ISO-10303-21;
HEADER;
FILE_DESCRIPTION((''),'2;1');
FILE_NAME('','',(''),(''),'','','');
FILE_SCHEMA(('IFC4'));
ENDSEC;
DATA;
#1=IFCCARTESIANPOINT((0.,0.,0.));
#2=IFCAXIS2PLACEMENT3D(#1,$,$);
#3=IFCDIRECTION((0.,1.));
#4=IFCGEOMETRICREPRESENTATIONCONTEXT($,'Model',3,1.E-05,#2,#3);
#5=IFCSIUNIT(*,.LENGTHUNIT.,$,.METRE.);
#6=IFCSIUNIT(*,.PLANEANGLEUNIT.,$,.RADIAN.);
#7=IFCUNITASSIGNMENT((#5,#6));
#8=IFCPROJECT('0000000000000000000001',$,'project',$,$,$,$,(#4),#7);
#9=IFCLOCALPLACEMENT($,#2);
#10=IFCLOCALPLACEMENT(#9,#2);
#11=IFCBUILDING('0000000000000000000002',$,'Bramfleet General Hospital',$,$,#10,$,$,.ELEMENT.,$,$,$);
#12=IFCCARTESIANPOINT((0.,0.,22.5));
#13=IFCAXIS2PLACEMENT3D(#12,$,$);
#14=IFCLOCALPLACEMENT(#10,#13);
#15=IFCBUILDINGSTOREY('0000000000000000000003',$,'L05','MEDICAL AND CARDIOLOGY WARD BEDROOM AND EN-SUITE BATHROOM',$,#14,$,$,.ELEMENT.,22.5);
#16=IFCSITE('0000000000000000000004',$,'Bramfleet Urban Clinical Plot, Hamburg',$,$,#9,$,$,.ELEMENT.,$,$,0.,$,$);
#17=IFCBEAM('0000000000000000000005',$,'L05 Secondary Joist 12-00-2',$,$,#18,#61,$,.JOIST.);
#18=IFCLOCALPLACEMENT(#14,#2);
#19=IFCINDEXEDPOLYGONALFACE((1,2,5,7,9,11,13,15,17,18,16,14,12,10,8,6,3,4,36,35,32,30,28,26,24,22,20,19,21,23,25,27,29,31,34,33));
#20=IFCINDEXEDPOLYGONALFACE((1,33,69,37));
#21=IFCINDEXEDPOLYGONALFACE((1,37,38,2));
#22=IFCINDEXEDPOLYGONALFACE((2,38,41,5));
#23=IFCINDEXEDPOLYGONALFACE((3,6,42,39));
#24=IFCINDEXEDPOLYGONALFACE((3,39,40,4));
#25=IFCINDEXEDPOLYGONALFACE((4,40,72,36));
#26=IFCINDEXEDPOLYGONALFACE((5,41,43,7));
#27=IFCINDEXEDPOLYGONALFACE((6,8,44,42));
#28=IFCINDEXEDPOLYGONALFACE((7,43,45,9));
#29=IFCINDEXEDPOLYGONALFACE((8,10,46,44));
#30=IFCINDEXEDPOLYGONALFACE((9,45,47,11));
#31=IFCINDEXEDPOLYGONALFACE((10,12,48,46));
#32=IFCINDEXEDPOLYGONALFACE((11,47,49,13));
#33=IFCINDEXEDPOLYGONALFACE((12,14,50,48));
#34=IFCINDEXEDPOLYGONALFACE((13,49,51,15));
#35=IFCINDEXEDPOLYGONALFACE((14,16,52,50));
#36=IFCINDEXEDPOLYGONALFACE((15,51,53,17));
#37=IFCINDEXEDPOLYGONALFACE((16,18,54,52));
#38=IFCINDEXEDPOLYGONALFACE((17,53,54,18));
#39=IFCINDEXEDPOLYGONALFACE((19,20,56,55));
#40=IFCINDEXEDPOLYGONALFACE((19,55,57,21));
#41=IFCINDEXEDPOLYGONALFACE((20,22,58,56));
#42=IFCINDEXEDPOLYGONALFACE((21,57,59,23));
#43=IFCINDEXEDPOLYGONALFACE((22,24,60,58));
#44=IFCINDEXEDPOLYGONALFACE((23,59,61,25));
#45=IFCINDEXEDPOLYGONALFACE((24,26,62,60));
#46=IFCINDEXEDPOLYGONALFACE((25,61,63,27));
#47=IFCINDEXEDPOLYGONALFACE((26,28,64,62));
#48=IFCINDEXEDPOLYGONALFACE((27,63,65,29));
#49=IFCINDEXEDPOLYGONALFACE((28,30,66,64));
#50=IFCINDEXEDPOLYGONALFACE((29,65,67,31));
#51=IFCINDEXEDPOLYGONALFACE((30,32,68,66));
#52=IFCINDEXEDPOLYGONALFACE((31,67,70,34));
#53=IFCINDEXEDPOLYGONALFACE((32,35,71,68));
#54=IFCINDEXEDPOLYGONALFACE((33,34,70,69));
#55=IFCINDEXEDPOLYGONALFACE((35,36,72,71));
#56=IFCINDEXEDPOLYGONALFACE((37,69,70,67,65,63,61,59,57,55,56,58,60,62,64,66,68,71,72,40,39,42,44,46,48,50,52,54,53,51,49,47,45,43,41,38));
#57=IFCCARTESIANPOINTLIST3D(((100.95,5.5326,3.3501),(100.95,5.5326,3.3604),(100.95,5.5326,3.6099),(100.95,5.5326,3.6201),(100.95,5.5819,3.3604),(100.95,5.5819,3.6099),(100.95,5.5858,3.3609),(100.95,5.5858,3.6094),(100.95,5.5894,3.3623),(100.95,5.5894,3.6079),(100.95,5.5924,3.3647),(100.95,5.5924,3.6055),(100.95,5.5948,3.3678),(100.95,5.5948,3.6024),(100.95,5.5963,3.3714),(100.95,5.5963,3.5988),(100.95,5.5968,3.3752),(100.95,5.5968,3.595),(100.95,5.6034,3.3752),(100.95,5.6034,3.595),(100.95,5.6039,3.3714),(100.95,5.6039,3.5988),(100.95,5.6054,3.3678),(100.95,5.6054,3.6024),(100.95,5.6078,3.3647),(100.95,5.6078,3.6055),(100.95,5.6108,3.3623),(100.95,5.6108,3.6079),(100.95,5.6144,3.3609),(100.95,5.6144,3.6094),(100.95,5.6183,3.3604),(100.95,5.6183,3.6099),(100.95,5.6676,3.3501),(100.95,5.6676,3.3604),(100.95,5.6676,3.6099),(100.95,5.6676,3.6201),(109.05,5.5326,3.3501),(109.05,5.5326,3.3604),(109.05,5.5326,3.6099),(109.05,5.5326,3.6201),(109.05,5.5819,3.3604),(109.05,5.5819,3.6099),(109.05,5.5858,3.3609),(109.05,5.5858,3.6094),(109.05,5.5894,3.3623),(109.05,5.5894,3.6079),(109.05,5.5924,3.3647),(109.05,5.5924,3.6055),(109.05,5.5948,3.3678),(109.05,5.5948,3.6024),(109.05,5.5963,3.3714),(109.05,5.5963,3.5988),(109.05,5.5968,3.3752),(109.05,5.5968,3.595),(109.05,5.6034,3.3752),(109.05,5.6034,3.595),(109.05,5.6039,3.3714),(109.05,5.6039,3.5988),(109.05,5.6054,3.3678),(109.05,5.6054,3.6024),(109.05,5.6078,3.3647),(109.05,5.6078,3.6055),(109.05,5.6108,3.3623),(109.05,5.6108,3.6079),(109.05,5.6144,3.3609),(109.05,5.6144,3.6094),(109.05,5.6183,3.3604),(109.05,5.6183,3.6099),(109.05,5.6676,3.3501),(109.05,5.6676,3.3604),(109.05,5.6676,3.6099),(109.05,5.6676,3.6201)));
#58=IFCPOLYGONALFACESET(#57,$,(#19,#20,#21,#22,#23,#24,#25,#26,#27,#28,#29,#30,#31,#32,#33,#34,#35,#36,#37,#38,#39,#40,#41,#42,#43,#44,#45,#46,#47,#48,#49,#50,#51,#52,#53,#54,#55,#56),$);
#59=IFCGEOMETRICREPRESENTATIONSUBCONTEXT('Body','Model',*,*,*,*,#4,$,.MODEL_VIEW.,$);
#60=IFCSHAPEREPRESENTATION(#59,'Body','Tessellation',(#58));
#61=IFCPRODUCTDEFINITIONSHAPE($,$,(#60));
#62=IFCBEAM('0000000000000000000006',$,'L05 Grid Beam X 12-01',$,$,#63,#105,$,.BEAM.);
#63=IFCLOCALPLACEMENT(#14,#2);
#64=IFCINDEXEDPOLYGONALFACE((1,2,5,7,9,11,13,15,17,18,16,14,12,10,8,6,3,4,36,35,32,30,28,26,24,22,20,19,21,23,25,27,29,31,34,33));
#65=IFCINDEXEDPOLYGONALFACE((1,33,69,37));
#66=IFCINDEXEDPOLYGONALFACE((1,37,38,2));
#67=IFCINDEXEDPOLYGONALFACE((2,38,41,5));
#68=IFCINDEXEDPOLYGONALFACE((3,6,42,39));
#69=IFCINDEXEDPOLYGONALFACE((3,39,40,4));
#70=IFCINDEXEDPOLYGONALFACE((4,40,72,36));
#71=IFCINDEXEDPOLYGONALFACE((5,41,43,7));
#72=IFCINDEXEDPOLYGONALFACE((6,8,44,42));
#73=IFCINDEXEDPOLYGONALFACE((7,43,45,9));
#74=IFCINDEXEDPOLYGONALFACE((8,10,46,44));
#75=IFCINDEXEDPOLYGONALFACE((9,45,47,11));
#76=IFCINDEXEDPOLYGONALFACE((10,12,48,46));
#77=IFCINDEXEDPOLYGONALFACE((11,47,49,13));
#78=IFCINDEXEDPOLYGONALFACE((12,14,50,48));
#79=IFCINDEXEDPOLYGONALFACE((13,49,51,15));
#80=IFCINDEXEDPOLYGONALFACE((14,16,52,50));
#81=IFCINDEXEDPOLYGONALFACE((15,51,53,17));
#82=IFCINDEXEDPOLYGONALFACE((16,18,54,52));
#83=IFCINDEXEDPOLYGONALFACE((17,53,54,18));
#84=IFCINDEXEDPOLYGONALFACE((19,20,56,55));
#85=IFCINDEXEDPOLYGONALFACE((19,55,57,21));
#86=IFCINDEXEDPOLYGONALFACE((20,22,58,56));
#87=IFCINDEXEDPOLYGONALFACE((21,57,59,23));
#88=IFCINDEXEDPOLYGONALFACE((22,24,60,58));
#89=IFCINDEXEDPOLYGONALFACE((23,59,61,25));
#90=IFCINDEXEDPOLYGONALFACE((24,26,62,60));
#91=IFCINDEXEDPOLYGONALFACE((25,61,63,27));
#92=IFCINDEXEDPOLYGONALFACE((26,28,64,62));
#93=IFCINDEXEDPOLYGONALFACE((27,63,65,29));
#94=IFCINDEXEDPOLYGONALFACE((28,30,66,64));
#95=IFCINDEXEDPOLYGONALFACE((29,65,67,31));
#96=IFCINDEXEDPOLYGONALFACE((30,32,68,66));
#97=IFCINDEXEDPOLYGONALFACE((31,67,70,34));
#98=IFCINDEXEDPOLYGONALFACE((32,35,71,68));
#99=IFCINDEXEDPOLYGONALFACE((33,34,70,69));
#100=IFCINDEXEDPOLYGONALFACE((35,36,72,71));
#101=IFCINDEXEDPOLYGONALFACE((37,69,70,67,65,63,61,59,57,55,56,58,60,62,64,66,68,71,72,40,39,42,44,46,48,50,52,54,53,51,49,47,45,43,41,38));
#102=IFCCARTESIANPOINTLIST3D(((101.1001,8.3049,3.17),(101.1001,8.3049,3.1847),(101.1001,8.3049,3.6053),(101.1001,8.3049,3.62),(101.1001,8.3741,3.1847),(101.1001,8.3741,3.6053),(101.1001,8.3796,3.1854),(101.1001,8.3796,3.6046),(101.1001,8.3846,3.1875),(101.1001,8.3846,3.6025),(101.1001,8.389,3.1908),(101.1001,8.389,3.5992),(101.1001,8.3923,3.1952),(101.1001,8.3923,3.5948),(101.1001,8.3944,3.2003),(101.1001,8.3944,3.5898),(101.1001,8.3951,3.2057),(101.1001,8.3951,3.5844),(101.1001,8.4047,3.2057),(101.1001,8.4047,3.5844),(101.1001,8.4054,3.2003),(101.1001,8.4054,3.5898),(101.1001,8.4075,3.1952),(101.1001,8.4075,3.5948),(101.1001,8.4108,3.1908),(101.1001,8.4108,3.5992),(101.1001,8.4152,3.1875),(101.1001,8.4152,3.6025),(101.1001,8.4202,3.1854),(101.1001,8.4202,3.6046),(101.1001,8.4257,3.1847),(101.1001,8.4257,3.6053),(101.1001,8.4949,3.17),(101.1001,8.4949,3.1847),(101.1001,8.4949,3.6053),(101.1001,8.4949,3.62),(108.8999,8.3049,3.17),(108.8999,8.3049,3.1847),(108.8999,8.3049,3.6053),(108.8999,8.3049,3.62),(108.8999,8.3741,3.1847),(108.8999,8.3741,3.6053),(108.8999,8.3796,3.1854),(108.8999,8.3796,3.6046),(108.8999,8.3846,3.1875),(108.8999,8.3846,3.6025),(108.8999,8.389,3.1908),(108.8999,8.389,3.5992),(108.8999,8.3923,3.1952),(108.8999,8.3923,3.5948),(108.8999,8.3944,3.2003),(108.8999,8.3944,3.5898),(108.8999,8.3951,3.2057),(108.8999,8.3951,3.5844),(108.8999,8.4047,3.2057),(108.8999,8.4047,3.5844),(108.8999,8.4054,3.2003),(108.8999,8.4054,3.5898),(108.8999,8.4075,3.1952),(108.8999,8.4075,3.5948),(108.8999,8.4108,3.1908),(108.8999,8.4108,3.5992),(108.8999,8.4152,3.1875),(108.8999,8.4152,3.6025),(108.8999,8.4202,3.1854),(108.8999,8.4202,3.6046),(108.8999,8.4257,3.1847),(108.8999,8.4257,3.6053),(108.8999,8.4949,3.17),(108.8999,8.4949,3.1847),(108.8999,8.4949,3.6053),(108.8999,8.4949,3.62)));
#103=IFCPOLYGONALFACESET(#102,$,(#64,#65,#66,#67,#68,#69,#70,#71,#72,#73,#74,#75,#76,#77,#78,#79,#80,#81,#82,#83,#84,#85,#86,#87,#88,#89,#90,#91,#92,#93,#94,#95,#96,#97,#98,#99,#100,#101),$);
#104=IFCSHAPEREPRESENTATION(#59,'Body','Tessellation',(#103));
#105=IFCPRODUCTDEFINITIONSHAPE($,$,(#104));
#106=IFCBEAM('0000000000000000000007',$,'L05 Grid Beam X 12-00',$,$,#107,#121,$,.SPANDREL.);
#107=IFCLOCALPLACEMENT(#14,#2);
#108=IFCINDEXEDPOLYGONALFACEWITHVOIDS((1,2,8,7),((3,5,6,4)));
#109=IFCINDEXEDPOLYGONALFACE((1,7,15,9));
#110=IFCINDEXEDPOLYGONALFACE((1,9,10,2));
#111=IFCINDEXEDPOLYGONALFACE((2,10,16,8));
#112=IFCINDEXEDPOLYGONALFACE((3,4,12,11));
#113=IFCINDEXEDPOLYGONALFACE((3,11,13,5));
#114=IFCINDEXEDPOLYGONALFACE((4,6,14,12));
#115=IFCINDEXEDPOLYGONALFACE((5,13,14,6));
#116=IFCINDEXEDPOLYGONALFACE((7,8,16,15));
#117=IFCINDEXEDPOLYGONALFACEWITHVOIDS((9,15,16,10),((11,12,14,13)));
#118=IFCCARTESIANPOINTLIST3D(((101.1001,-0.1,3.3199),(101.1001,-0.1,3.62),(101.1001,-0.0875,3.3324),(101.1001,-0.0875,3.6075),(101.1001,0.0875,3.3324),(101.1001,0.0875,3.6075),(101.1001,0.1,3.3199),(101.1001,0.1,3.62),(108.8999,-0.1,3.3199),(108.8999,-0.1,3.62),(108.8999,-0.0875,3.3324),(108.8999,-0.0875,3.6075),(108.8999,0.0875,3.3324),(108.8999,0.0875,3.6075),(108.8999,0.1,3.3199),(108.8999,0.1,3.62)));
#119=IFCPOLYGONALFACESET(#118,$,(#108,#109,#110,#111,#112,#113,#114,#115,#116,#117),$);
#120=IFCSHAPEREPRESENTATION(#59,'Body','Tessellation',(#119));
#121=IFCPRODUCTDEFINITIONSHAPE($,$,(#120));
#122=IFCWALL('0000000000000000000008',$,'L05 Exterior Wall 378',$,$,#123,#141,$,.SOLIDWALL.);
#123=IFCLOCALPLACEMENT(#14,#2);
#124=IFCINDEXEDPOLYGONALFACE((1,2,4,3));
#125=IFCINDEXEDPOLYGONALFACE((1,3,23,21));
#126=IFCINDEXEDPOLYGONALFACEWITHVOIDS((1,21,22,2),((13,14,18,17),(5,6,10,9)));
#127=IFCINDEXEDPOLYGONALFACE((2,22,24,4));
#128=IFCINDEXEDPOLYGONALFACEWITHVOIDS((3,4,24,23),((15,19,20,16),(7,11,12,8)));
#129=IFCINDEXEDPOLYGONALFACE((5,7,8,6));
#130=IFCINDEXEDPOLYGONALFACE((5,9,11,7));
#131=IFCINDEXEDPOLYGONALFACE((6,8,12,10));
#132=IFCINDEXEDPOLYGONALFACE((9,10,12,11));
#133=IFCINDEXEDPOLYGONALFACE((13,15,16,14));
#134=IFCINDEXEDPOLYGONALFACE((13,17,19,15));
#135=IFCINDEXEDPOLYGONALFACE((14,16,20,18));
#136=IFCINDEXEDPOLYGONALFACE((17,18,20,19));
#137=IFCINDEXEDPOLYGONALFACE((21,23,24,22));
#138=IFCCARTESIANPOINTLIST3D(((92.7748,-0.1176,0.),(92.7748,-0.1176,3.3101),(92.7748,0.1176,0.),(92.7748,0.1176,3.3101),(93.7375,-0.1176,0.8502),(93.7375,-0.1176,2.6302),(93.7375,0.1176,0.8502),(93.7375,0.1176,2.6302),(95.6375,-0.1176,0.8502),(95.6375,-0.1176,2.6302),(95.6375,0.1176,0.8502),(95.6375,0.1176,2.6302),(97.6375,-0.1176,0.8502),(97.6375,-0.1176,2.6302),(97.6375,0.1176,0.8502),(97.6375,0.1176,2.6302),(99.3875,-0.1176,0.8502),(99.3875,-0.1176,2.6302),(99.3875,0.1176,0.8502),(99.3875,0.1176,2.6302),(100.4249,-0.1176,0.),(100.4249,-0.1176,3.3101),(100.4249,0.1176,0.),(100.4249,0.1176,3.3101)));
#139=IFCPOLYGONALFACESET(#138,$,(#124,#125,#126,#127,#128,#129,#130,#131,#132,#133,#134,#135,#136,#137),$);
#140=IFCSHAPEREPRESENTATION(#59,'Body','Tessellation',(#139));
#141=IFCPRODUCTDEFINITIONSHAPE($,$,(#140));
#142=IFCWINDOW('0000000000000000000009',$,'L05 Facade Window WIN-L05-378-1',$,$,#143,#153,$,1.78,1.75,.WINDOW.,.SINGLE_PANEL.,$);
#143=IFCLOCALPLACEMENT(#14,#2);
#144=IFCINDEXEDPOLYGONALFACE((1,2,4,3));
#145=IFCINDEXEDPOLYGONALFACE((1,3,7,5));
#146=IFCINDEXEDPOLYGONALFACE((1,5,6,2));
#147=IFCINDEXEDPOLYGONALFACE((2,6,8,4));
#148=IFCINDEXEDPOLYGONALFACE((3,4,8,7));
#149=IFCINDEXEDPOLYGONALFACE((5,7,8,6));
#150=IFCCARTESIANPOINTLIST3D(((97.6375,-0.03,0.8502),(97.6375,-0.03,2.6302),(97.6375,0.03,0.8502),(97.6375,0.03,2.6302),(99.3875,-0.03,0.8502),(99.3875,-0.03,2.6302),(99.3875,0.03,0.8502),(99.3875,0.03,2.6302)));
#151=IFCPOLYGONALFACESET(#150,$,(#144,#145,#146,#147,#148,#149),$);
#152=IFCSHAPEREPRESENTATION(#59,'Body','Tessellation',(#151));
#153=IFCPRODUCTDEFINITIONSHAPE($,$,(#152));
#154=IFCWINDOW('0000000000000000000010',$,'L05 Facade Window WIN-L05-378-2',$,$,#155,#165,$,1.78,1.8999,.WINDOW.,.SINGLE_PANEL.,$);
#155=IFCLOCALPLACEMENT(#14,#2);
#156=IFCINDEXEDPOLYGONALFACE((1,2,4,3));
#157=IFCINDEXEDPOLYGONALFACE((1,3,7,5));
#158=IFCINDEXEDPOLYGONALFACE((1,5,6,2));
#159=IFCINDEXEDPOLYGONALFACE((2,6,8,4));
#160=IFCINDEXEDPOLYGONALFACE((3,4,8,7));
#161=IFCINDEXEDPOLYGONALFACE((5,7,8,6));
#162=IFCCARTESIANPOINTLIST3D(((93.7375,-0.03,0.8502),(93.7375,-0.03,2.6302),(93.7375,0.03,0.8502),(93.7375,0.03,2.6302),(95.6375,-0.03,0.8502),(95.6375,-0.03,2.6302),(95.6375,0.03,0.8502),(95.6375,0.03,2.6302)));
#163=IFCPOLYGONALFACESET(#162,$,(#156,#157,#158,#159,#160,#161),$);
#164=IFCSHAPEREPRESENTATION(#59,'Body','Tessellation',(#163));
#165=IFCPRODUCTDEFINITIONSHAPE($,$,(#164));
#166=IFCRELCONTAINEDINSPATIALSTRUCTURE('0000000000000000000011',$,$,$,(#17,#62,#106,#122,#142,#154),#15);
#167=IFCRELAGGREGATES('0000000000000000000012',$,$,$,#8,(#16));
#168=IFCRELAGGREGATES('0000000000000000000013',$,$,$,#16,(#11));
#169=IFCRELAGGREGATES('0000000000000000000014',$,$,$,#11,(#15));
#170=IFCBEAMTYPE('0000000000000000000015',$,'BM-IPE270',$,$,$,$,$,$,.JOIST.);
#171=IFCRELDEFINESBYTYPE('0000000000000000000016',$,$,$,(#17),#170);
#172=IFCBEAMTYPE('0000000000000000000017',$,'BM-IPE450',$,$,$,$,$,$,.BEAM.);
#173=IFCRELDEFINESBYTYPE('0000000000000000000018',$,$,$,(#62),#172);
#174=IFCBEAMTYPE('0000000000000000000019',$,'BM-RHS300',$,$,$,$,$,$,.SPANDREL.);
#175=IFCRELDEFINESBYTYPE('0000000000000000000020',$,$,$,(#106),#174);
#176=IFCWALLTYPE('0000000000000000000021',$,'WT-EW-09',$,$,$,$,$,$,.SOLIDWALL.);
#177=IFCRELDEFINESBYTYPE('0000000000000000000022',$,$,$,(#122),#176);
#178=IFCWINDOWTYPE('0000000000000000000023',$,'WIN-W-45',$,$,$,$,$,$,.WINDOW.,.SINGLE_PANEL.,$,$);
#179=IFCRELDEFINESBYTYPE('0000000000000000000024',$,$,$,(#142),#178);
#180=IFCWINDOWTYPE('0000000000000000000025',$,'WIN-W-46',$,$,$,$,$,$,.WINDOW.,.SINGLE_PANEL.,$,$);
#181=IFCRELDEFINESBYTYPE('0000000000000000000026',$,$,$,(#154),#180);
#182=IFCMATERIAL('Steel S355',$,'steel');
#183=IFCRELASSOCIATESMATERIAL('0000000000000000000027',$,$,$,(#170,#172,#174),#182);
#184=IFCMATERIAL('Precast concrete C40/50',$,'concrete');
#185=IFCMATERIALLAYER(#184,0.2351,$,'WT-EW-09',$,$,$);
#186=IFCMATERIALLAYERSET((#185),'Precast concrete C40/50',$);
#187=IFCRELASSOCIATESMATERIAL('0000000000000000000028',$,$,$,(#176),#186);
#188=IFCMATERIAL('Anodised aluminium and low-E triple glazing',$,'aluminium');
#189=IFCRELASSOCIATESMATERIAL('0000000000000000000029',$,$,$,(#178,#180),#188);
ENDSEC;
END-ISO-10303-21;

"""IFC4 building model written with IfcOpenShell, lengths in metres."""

from ifc_helpers import new_model, si_unit, direction, frame, frame_2d, origin, origin_2d, place, context, subcontext, project, spatial, rectangle, hollow_rectangle, i_section, extrude, material, layer, layer_set, material_profile, profile_set, type_object, element, fill, save


model = new_model("IFC4")

# Units and contexts
model_context = context("Model", 3, precision=1e-05, world=origin(), true_north=direction((0.0, 1.0)))
body_context = subcontext(model_context, "Body", "Model", "MODEL_VIEW")
ifc_project = project(units=[si_unit("LENGTHUNIT", "METRE"), si_unit("PLANEANGLEUNIT", "RADIAN")], contexts=[model_context])

# Site, building, storey
site_placement = place(None, origin())
site = spatial("IfcSite", under=ifc_project, at=site_placement, Name="Bramfleet Urban Clinical Plot, Hamburg", CompositionType="ELEMENT", RefElevation=0.0)
building_placement = place(site_placement, origin())
building = spatial("IfcBuilding", under=site, at=building_placement, Name="Bramfleet General Hospital", CompositionType="ELEMENT")
storey_placement = place(building_placement, frame((0.0, 0.0, 22.5)))
storey = spatial("IfcBuildingStorey", under=building, at=storey_placement, Name="L05", Description="MEDICAL AND CARDIOLOGY WARD BEDROOM AND EN-SUITE BATHROOM", CompositionType="ELEMENT", Elevation=22.5)

# Beams
ifc_material_1 = material(Name="Steel S355", Category="steel")
ifc_material_profile_1 = material_profile(ifc_material_1, i_section(OverallWidth=0.135, OverallDepth=0.27, WebThickness=0.0066, FlangeThickness=0.0103, FilletRadius=0.0149, at=origin_2d()), Name="IPE 270")
ifc_profile_set_1 = profile_set([ifc_material_profile_1], Name="Steel S355")
beam_type_1 = type_object("IfcBeamType", Name="BM-IPE270", PredefinedType="JOIST", material=ifc_profile_set_1)
for number, where, z_axis, x_axis, name in (
    (1, (100.95, 5.6001, 3.4851), (1.0, 0.0, 0.0), (0.0, 1.0, 0.0), "L05 Secondary Joist 12-00-2"),
):
    element("IfcBeam", number, at=place(storey_placement, frame(where, z_axis=z_axis, x_axis=x_axis)), inside=storey, type_object=beam_type_1, Name=name, PredefinedType="JOIST", context=body_context, shape_type="SweptSolid", body=[
        extrude(i_section(OverallWidth=0.135, OverallDepth=0.27, WebThickness=0.0066, FlangeThickness=0.0103, FilletRadius=0.0149, at=origin_2d()), origin(), (0.0, 0.0, 1.0), 8.1001),
    ])
ifc_material_profile_2 = material_profile(ifc_material_1, i_section(OverallWidth=0.1899, OverallDepth=0.45, WebThickness=0.0095, FlangeThickness=0.0146, FilletRadius=0.021, at=origin_2d()), Name="IPE 450")
ifc_profile_set_2 = profile_set([ifc_material_profile_2], Name="Steel S355")
beam_type_2 = type_object("IfcBeamType", Name="BM-IPE450", PredefinedType="BEAM", material=ifc_profile_set_2)
beam_1_placement = place(storey_placement, frame((101.1001, 8.3999, 3.395), z_axis=(1.0, 0.0, 0.0), x_axis=(0.0, 1.0, 0.0)))
element("IfcBeam", 2, at=beam_1_placement, inside=storey, type_object=beam_type_2, Name="L05 Grid Beam X 12-01", PredefinedType="BEAM", context=body_context, shape_type="SweptSolid", body=[
    extrude(i_section(OverallWidth=0.1899, OverallDepth=0.45, WebThickness=0.0095, FlangeThickness=0.0146, FilletRadius=0.021, at=origin_2d()), origin(), (0.0, 0.0, 1.0), 7.7998),
])
ifc_material_profile_3 = material_profile(ifc_material_1, hollow_rectangle(XDim=0.2, YDim=0.3, WallThickness=0.0125, at=origin_2d()), Name="RHS 300x200x12.5")
ifc_profile_set_3 = profile_set([ifc_material_profile_3], Name="Steel S355")
beam_type_3 = type_object("IfcBeamType", Name="BM-RHS300", PredefinedType="SPANDREL", material=ifc_profile_set_3)
beam_2_placement = place(storey_placement, frame((101.1001, 0.0, 3.47), z_axis=(1.0, 0.0, 0.0), x_axis=(0.0, 1.0, 0.0)))
element("IfcBeam", 3, at=beam_2_placement, inside=storey, type_object=beam_type_3, Name="L05 Grid Beam X 12-00", PredefinedType="SPANDREL", context=body_context, shape_type="SweptSolid", body=[
    extrude(hollow_rectangle(XDim=0.2, YDim=0.3, WallThickness=0.0125, at=origin_2d()), origin(), (0.0, 0.0, 1.0), 7.7998),
])

# Wall, openings, windows
ifc_material_2 = material(Name="Precast concrete C40/50", Category="concrete")
ifc_layer_1 = layer(ifc_material_2, 0.2351, Name="WT-EW-09")
ifc_layer_set_1 = layer_set([ifc_layer_1], Name="Precast concrete C40/50")
wall_type_1 = type_object("IfcWallType", Name="WT-EW-09", PredefinedType="SOLIDWALL", material=ifc_layer_set_1)
wall_1_placement = place(storey_placement, frame((100.425, 0.0, 0.0), z_axis=(0.0, 0.0, 1.0), x_axis=(-1.0, 0.0, 0.0)))
wall_1 = element("IfcWall", 4, at=wall_1_placement, inside=storey, type_object=wall_type_1, Name="L05 Exterior Wall 378", PredefinedType="SOLIDWALL", context=body_context, shape_type="SweptSolid", body=[
    extrude(rectangle(XDim=7.6501, YDim=0.2351, at=frame_2d((3.8252, 0.0))), origin(), (0.0, 0.0, 1.0), 3.3101),
])
opening_1_placement = place(wall_1_placement, frame((1.0376, 0.0, 0.8501)))
opening_1 = element("IfcOpeningElement", 5, at=opening_1_placement, cuts=wall_1, PredefinedType="OPENING", context=body_context, shape_type="SweptSolid", body=[
    extrude(rectangle(XDim=1.75, YDim=1.78, at=frame_2d((0.875, 0.8901))), frame((0.0, 0.1274, 0.0), z_axis=(0.0, -1.0, 0.0), x_axis=(1.0, 0.0, 0.0)), (0.0, 0.0, 1.0), 0.2551),
])
opening_2_placement = place(wall_1_placement, frame((4.7876, 0.0, 0.8501)))
opening_2 = element("IfcOpeningElement", 6, at=opening_2_placement, cuts=wall_1, PredefinedType="OPENING", context=body_context, shape_type="SweptSolid", body=[
    extrude(rectangle(XDim=1.8999, YDim=1.78, at=frame_2d((0.95, 0.8901))), frame((0.0, 0.1274, 0.0), z_axis=(0.0, -1.0, 0.0), x_axis=(1.0, 0.0, 0.0)), (0.0, 0.0, 1.0), 0.2551),
])
ifc_material_3 = material(Name="Anodised aluminium and low-E triple glazing", Category="aluminium")
window_type_1 = type_object("IfcWindowType", Name="WIN-W-45", PartitioningType="SINGLE_PANEL", PredefinedType="WINDOW", material=ifc_material_3)
window_1_placement = place(opening_1_placement, origin())
window_1 = element("IfcWindow", 7, at=window_1_placement, inside=storey, type_object=window_type_1, Name="L05 Facade Window WIN-L05-378-1", OverallHeight=1.78, OverallWidth=1.75, PartitioningType="SINGLE_PANEL", PredefinedType="WINDOW", context=body_context, shape_type="SweptSolid", body=[
    extrude(rectangle(XDim=1.75, YDim=1.78, at=frame_2d((0.875, 0.8901))), frame((0.0, 0.03, 0.0), z_axis=(0.0, -1.0, 0.0), x_axis=(1.0, 0.0, 0.0)), (0.0, 0.0, 1.0), 0.0601),
])
fill(opening_1, window_1)
window_type_2 = type_object("IfcWindowType", Name="WIN-W-46", PartitioningType="SINGLE_PANEL", PredefinedType="WINDOW", material=ifc_material_3)
window_2_placement = place(opening_2_placement, origin())
window_2 = element("IfcWindow", 8, at=window_2_placement, inside=storey, type_object=window_type_2, Name="L05 Facade Window WIN-L05-378-2", OverallHeight=1.78, OverallWidth=1.8999, PartitioningType="SINGLE_PANEL", PredefinedType="WINDOW", context=body_context, shape_type="SweptSolid", body=[
    extrude(rectangle(XDim=1.8999, YDim=1.78, at=frame_2d((0.95, 0.8901))), frame((0.0, 0.03, 0.0), z_axis=(0.0, -1.0, 0.0), x_axis=(1.0, 0.0, 0.0)), (0.0, 0.0, 1.0), 0.0601),
])
fill(opening_2, window_2)

save(model, "model.ifc")
